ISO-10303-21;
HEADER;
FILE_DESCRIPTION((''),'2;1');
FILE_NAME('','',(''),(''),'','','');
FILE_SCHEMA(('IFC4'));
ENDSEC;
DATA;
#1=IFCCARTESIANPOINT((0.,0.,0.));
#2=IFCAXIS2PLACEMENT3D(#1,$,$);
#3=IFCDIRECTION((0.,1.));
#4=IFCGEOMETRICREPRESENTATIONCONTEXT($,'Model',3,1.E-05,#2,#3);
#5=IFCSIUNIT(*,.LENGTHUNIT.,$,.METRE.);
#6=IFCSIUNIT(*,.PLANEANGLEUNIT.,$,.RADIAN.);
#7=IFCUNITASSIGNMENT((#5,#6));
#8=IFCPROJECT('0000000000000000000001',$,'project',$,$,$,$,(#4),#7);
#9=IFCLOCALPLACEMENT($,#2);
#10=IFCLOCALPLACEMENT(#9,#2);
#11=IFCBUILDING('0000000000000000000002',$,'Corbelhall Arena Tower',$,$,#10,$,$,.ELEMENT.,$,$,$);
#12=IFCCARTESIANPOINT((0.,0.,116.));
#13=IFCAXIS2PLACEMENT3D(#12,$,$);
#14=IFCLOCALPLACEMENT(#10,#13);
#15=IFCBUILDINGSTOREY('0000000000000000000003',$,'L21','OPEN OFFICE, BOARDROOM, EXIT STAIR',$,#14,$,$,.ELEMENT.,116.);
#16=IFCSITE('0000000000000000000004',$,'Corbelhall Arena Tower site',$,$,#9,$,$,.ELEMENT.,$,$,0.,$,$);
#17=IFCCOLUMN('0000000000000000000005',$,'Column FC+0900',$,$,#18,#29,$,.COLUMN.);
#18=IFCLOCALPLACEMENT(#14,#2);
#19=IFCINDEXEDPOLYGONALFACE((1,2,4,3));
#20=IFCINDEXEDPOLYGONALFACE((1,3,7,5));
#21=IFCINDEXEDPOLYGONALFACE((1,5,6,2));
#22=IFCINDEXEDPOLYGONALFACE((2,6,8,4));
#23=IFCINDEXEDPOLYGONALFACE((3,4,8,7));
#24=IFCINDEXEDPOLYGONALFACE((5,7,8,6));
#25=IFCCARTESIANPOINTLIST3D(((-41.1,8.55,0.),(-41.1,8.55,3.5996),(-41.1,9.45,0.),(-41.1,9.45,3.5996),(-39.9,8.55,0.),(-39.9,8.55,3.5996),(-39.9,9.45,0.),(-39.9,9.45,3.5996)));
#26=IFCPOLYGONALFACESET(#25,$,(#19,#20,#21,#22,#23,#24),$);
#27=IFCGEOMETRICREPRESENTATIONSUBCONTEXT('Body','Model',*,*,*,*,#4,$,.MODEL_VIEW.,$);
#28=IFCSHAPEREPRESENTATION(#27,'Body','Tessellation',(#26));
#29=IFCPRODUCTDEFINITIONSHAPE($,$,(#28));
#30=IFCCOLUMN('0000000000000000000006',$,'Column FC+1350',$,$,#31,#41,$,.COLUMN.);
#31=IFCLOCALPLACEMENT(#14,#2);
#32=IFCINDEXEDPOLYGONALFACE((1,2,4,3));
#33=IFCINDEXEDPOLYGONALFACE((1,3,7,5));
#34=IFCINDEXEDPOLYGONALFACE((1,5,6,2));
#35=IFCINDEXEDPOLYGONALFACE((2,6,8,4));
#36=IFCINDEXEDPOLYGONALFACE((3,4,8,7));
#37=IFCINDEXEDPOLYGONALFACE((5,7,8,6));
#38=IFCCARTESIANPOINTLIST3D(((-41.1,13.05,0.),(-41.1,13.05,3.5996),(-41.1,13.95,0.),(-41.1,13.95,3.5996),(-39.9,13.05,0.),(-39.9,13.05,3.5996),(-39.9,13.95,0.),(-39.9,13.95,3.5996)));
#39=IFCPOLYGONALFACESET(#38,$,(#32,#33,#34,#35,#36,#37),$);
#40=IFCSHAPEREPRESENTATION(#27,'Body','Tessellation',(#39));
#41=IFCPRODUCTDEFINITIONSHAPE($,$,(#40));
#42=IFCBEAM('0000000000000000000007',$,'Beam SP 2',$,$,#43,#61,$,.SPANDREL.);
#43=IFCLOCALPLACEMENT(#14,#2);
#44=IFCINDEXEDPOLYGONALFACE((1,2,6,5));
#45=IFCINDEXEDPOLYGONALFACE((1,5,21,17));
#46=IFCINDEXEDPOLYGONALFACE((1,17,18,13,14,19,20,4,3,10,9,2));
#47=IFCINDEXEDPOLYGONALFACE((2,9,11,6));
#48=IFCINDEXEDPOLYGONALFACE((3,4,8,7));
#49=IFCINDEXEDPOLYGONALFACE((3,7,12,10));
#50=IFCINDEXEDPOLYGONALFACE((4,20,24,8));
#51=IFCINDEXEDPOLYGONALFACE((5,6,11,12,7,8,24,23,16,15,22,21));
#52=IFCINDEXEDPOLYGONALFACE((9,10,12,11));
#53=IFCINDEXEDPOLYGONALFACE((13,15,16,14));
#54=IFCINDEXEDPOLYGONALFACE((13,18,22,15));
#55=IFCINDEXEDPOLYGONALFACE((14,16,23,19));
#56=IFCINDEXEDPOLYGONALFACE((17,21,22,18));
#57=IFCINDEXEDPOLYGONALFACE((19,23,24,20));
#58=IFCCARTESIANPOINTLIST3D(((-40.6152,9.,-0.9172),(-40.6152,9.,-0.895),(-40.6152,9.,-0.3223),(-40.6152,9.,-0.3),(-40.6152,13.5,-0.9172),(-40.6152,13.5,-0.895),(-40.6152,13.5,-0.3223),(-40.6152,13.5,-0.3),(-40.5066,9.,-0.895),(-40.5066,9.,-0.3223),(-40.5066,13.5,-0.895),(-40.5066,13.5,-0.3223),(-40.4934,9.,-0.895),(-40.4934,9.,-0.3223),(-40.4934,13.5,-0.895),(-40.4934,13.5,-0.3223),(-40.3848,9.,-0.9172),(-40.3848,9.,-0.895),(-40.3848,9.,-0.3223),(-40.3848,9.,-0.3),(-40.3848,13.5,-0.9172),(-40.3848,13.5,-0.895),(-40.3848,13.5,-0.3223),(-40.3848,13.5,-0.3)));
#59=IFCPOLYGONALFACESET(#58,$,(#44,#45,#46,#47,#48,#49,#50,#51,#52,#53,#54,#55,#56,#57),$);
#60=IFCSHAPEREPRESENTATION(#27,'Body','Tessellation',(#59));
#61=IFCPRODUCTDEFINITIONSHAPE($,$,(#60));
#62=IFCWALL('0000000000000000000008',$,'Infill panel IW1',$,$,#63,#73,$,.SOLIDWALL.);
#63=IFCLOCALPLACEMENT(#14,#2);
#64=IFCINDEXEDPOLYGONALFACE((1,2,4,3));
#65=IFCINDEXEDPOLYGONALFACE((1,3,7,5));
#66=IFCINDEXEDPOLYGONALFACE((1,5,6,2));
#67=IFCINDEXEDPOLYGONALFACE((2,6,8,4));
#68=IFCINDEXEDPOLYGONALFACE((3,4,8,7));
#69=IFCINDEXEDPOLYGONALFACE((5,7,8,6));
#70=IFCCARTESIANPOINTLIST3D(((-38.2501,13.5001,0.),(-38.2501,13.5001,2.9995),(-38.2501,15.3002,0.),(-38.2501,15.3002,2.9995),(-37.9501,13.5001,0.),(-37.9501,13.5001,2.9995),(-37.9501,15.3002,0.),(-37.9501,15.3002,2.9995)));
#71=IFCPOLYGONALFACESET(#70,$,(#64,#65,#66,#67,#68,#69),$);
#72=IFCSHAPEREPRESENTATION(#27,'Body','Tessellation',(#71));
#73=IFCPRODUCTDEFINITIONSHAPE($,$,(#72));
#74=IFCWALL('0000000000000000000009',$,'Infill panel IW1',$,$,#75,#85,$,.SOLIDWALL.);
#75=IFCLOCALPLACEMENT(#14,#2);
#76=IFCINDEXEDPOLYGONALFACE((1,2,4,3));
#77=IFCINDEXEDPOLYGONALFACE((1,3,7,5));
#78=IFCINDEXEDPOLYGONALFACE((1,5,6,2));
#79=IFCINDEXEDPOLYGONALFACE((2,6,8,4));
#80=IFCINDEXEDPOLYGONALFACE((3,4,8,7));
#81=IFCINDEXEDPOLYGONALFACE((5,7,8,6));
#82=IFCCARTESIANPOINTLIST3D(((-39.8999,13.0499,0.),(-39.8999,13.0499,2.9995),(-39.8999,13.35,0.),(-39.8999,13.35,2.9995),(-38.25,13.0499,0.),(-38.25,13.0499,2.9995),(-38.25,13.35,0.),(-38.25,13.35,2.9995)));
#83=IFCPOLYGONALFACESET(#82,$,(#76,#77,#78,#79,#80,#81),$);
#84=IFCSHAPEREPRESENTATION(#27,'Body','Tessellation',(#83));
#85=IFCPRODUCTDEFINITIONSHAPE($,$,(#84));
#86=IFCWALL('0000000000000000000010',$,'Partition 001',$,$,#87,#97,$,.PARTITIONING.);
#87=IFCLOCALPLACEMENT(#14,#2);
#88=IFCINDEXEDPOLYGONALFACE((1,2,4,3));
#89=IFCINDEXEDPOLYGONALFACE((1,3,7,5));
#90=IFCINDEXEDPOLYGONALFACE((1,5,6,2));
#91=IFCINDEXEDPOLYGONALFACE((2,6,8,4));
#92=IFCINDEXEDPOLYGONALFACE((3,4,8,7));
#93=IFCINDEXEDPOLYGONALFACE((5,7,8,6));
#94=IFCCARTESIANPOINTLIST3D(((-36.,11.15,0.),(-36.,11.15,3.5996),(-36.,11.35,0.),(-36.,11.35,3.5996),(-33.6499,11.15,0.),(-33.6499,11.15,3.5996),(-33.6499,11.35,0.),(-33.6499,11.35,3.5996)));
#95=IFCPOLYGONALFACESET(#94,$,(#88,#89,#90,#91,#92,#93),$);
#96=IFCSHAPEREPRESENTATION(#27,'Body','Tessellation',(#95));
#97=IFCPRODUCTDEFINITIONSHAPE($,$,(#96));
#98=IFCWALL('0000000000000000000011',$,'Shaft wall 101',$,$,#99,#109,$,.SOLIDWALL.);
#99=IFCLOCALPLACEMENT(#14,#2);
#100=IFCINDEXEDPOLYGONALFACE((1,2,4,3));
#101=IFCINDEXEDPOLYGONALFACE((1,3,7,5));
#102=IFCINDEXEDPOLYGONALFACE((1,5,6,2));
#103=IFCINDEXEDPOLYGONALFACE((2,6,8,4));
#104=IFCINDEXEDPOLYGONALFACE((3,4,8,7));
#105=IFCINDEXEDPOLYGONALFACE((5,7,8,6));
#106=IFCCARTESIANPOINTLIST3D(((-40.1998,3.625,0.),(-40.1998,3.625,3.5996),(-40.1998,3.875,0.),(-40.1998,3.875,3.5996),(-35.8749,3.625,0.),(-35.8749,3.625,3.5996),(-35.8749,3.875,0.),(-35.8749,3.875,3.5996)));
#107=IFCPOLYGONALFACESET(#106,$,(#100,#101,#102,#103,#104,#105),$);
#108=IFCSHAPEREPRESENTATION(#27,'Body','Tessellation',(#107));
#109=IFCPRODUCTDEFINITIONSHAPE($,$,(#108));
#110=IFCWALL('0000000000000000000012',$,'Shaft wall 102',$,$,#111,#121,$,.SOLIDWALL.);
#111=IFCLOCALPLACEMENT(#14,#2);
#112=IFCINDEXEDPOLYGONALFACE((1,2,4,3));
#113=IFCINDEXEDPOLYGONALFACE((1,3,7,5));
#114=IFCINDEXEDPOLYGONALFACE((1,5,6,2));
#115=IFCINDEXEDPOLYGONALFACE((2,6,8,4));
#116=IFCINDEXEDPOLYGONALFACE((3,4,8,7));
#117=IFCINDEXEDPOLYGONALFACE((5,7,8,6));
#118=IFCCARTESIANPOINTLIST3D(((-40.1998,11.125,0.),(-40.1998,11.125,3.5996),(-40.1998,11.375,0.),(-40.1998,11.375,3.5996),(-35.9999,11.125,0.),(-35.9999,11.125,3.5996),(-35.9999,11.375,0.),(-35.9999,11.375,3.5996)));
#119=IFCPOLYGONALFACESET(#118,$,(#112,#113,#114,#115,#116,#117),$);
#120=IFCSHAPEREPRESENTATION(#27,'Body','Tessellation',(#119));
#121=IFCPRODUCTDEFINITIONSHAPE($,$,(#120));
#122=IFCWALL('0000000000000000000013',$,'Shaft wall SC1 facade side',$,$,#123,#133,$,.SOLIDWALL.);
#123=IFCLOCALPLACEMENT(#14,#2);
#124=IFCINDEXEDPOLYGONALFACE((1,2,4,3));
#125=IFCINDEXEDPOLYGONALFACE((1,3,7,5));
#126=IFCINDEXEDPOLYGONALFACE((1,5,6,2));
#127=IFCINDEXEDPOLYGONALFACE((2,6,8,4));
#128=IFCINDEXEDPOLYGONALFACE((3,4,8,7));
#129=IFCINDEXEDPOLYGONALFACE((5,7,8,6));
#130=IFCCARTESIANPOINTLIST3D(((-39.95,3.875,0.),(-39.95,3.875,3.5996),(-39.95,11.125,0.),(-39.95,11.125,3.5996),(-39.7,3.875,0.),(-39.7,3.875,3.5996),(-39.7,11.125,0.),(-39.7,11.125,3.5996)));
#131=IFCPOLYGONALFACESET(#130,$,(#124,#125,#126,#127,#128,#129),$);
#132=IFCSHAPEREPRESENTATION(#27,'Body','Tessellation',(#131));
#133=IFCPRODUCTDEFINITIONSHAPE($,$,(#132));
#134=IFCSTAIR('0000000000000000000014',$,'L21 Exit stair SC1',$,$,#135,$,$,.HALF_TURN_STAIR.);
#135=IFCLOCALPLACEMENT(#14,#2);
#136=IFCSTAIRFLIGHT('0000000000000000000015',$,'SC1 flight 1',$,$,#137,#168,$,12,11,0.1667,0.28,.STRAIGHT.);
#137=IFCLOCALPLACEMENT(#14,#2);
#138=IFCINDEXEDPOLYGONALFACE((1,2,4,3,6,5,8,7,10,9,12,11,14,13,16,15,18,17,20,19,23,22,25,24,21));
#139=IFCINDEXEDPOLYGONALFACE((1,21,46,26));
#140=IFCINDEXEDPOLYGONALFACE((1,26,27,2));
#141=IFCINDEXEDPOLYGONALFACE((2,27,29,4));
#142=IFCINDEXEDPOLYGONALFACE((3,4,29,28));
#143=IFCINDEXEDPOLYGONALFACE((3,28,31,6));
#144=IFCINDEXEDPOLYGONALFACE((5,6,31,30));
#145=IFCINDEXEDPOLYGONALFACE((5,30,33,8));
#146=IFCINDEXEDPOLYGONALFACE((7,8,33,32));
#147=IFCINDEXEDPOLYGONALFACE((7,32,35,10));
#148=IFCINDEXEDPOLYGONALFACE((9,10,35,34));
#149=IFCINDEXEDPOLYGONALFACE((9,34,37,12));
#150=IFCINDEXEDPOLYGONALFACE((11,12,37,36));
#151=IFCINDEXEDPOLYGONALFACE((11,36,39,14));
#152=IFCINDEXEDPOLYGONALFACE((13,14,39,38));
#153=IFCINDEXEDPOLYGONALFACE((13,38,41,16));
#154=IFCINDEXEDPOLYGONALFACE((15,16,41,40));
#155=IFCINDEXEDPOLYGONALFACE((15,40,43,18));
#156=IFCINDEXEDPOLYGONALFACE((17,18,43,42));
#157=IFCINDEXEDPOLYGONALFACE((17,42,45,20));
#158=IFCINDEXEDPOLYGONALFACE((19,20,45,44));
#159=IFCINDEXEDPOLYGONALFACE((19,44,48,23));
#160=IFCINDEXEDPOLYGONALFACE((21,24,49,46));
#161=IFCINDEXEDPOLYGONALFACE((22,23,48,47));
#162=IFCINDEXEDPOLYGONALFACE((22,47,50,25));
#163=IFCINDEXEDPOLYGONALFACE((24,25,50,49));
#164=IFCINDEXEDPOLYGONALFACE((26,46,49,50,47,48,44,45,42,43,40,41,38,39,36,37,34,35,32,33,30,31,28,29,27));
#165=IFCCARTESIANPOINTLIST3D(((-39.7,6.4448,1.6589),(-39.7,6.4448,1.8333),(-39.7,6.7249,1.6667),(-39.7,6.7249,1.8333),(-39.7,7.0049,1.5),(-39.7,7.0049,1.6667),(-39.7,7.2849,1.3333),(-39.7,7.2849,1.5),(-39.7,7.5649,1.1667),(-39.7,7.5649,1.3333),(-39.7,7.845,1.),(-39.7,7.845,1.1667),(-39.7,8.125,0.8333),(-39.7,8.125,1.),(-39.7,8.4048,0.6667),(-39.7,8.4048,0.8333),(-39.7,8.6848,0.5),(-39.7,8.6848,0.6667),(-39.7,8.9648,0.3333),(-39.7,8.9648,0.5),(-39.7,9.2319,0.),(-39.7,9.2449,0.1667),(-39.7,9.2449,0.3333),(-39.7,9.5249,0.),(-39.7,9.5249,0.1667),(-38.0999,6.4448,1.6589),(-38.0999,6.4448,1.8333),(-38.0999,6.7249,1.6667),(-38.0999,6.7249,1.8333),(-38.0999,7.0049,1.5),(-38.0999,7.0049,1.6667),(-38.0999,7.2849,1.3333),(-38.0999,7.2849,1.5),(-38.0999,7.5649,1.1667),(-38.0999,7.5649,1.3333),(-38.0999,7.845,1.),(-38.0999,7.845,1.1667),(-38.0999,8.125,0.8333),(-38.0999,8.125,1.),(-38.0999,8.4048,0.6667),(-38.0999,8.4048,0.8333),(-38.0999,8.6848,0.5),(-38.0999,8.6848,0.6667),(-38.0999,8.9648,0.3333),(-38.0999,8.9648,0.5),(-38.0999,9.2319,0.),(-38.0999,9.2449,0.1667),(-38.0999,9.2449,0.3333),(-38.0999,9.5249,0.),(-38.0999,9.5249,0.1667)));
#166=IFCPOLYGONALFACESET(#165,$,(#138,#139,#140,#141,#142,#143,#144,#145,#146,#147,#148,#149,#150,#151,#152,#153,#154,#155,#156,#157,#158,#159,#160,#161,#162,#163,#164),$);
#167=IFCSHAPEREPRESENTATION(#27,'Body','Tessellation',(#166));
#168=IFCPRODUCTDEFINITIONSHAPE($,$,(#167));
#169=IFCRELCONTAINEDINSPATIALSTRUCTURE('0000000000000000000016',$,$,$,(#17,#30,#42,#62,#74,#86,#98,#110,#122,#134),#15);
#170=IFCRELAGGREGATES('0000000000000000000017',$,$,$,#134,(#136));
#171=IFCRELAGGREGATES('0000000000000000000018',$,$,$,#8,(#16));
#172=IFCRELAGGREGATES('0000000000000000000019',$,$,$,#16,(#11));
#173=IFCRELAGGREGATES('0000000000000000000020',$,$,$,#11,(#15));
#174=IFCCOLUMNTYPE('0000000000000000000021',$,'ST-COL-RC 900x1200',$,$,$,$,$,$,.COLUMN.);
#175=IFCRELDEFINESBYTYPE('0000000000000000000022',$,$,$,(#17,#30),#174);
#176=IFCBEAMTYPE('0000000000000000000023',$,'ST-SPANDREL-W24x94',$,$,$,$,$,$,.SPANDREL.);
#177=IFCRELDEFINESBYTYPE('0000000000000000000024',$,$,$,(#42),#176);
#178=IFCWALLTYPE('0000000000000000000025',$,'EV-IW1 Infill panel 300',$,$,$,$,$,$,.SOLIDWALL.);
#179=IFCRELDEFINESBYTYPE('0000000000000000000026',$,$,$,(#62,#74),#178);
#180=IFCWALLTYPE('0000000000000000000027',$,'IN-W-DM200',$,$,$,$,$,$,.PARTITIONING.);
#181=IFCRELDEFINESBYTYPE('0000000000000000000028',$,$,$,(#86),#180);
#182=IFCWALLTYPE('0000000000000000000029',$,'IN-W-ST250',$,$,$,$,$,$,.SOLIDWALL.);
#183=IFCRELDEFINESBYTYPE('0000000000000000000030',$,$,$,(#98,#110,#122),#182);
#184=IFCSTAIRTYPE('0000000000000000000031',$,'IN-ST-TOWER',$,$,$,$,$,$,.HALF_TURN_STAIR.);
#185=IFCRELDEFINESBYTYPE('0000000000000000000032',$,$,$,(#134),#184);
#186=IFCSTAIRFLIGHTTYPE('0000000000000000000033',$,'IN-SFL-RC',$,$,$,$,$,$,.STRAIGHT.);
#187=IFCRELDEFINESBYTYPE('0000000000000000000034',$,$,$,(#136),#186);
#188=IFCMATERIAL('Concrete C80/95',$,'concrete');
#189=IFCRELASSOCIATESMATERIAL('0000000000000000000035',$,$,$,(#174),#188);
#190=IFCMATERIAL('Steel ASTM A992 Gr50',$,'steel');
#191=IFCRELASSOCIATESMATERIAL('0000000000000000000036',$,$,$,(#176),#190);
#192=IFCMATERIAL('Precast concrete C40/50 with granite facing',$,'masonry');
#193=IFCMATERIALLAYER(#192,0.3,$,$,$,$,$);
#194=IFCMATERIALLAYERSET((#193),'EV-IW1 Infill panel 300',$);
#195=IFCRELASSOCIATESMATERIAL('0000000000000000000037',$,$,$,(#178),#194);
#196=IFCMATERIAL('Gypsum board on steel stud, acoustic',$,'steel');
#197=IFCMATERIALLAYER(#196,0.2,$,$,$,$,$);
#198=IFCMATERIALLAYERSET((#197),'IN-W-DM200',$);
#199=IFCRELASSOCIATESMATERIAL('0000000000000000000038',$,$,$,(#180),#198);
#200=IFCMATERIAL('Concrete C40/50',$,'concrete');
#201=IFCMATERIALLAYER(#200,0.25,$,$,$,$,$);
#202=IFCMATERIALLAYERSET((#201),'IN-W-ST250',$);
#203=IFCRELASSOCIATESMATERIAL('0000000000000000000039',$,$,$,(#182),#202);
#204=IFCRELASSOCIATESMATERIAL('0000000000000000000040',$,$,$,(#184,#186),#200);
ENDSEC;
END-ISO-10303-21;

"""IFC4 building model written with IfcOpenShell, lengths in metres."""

from ifc_helpers import new_model, si_unit, direction, frame, frame_2d, origin, origin_2d, place, context, subcontext, project, spatial, polyline, rectangle, i_section, outline, extrude, material, layer, layer_set, material_profile, profile_set, type_object, element, aggregate, save


model = new_model("IFC4")

# Units and contexts
model_context = context("Model", 3, precision=1e-05, world=origin(), true_north=direction((0.0, 1.0)))
body_context = subcontext(model_context, "Body", "Model", "MODEL_VIEW")
ifc_project = project(units=[si_unit("LENGTHUNIT", "METRE"), si_unit("PLANEANGLEUNIT", "RADIAN")], contexts=[model_context])

# Site, building, storey
site_placement = place(None, origin())
site = spatial("IfcSite", under=ifc_project, at=site_placement, Name="Corbelhall Arena Tower site", CompositionType="ELEMENT", RefElevation=0.0)
building_placement = place(site_placement, origin())
building = spatial("IfcBuilding", under=site, at=building_placement, Name="Corbelhall Arena Tower", CompositionType="ELEMENT")
storey_placement = place(building_placement, frame((0.0, 0.0, 116.0)))
storey = spatial("IfcBuildingStorey", under=building, at=storey_placement, Name="L21", Description="OPEN OFFICE, BOARDROOM, EXIT STAIR", CompositionType="ELEMENT", Elevation=116.0)

# Columns
ifc_material_1 = material(Name="Concrete C80/95", Category="concrete")
ifc_material_profile_1 = material_profile(ifc_material_1, rectangle(XDim=0.8999, YDim=1.2, at=origin_2d()))
ifc_profile_set_1 = profile_set([ifc_material_profile_1], Name="Concrete C80/95")
column_type = type_object("IfcColumnType", Name="ST-COL-RC 900x1200", PredefinedType="COLUMN", material=ifc_profile_set_1)
for number, where, z_axis, x_axis, name in (
    (1, (-40.5, 9.0, 0.0), (0.0, 0.0, 1.0), (0.0, 1.0, 0.0), "Column FC+0900"),
    (2, (-40.5, 13.5, 0.0), (0.0, 0.0, 1.0), (0.0, 1.0, 0.0), "Column FC+1350"),
):
    element("IfcColumn", number, at=place(storey_placement, frame(where, z_axis=z_axis, x_axis=x_axis)), inside=storey, type_object=column_type, Name=name, PredefinedType="COLUMN", context=body_context, shape_type="SweptSolid", body=[
        extrude(rectangle(XDim=0.8999, YDim=1.2, at=origin_2d()), origin(), (0.0, 0.0, 1.0), 3.5996),
    ])

# Beam
ifc_material_2 = material(Name="Steel ASTM A992 Gr50", Category="steel")
ifc_material_profile_2 = material_profile(ifc_material_2, i_section(OverallWidth=0.2305, OverallDepth=0.6172, WebThickness=0.0132, FlangeThickness=0.0222, at=origin_2d()))
ifc_profile_set_2 = profile_set([ifc_material_profile_2], Name="Steel ASTM A992 Gr50")
beam_type = type_object("IfcBeamType", Name="ST-SPANDREL-W24x94", PredefinedType="SPANDREL", material=ifc_profile_set_2)
beam_placement = place(storey_placement, frame((-40.5, 9.0, -0.6086), z_axis=(0.0, 1.0, 0.0), x_axis=(-1.0, 0.0, 0.0)))
element("IfcBeam", 3, at=beam_placement, inside=storey, type_object=beam_type, Name="Beam SP 2", PredefinedType="SPANDREL", context=body_context, shape_type="SweptSolid", body=[
    extrude(i_section(OverallWidth=0.2305, OverallDepth=0.6172, WebThickness=0.0132, FlangeThickness=0.0222, at=origin_2d()), origin(), (0.0, 0.0, 1.0), 4.5),
])

# Walls
ifc_material_3 = material(Name="Precast concrete C40/50 with granite facing", Category="masonry")
ifc_layer_1 = layer(ifc_material_3, 0.3)
ifc_layer_set_1 = layer_set([ifc_layer_1], Name="EV-IW1 Infill panel 300")
wall_type_1 = type_object("IfcWallType", Name="EV-IW1 Infill panel 300", PredefinedType="SOLIDWALL", material=ifc_layer_set_1)
wall_1_placement = place(storey_placement, frame((-38.1001, 15.3, 0.0), z_axis=(0.0, 0.0, 1.0), x_axis=(0.0, -1.0, 0.0)))
element("IfcWall", 4, at=wall_1_placement, inside=storey, type_object=wall_type_1, Name="Infill panel IW1", PredefinedType="SOLIDWALL", context=body_context, shape_type="SweptSolid", body=[
    extrude(rectangle(XDim=1.8, YDim=0.3, at=frame_2d((0.8999, 0.0))), origin(), (0.0, 0.0, 1.0), 2.9995),
])
wall_2_placement = place(storey_placement, frame((-39.8999, 13.2, 0.0), z_axis=(0.0, 0.0, 1.0), x_axis=(1.0, 0.0, 0.0)))
element("IfcWall", 5, at=wall_2_placement, inside=storey, type_object=wall_type_1, Name="Infill panel IW1", PredefinedType="SOLIDWALL", context=body_context, shape_type="SweptSolid", body=[
    extrude(rectangle(XDim=1.6499, YDim=0.3, at=frame_2d((0.825, 0.0))), origin(), (0.0, 0.0, 1.0), 2.9995),
])

# Walls
ifc_material_4 = material(Name="Gypsum board on steel stud, acoustic", Category="steel")
ifc_layer_2 = layer(ifc_material_4, 0.2)
ifc_layer_set_2 = layer_set([ifc_layer_2], Name="IN-W-DM200")
wall_type_2 = type_object("IfcWallType", Name="IN-W-DM200", PredefinedType="PARTITIONING", material=ifc_layer_set_2)
wall_3_placement = place(storey_placement, frame((-36.0, 11.25, 0.0), z_axis=(0.0, 0.0, 1.0), x_axis=(1.0, 0.0, 0.0)))
element("IfcWall", 6, at=wall_3_placement, inside=storey, type_object=wall_type_2, Name="Partition 001", PredefinedType="PARTITIONING", context=body_context, shape_type="SweptSolid", body=[
    extrude(rectangle(XDim=2.3501, YDim=0.2, at=frame_2d((1.175, 0.0))), origin(), (0.0, 0.0, 1.0), 3.5996),
])
ifc_material_5 = material(Name="Concrete C40/50", Category="concrete")
ifc_layer_3 = layer(ifc_material_5, 0.25)
ifc_layer_set_3 = layer_set([ifc_layer_3], Name="IN-W-ST250")
wall_type_3 = type_object("IfcWallType", Name="IN-W-ST250", PredefinedType="SOLIDWALL", material=ifc_layer_set_3)
wall_4_placement = place(storey_placement, frame((-40.2, 3.75, 0.0), z_axis=(0.0, 0.0, 1.0), x_axis=(1.0, 0.0, 0.0)))
element("IfcWall", 7, at=wall_4_placement, inside=storey, type_object=wall_type_3, Name="Shaft wall 101", PredefinedType="SOLIDWALL", context=body_context, shape_type="SweptSolid", body=[
    extrude(rectangle(XDim=4.325, YDim=0.25, at=frame_2d((2.1626, 0.0))), origin(), (0.0, 0.0, 1.0), 3.5996),
])
wall_5_placement = place(storey_placement, frame((-40.2, 11.25, 0.0), z_axis=(0.0, 0.0, 1.0), x_axis=(1.0, 0.0, 0.0)))
element("IfcWall", 8, at=wall_5_placement, inside=storey, type_object=wall_type_3, Name="Shaft wall 102", PredefinedType="SOLIDWALL", context=body_context, shape_type="SweptSolid", body=[
    extrude(rectangle(XDim=4.2, YDim=0.25, at=frame_2d((2.1001, 0.0))), origin(), (0.0, 0.0, 1.0), 3.5996),
])
wall_6_placement = place(storey_placement, frame((-39.825, 3.875, 0.0), z_axis=(0.0, 0.0, 1.0), x_axis=(0.0, 1.0, 0.0)))
element("IfcWall", 9, at=wall_6_placement, inside=storey, type_object=wall_type_3, Name="Shaft wall SC1 facade side", PredefinedType="SOLIDWALL", context=body_context, shape_type="SweptSolid", body=[
    extrude(rectangle(XDim=7.25, YDim=0.25, at=frame_2d((3.625, 0.0))), origin(), (0.0, 0.0, 1.0), 3.5996),
])

# Stair, stair flight
stair_type = type_object("IfcStairType", Name="IN-ST-TOWER", PredefinedType="HALF_TURN_STAIR", material=ifc_material_5)
stair_placement = place(storey_placement, origin())
stair = element("IfcStair", 10, at=stair_placement, inside=storey, type_object=stair_type, Name="L21 Exit stair SC1", PredefinedType="HALF_TURN_STAIR")
stair_flight_type = type_object("IfcStairFlightType", Name="IN-SFL-RC", PredefinedType="STRAIGHT", material=ifc_material_5)
stair_flight_1_placement = place(storey_placement, frame((-38.8999, 9.5249, 0.0), z_axis=(0.0, 0.0, 1.0), x_axis=(0.0, -1.0, 0.0)))
stair_flight_1 = element("IfcStairFlight", 11, at=stair_flight_1_placement, type_object=stair_flight_type, Name="SC1 flight 1", NumberOfRisers=12, NumberOfTreads=11, PredefinedType="STRAIGHT", RiserHeight=0.1667, TreadLength=0.28, context=body_context, shape_type="SweptSolid", body=[
    extrude(outline(polyline([(0.0, 0.0), (0.0, 0.1667), (0.28, 0.1667), (0.28, 0.3333), (0.5601, 0.3333), (0.5601, 0.5), (0.8401, 0.5), (0.8401, 0.6667), (1.1201, 0.6667), (1.1201, 0.8333), (1.3999, 0.8333), (1.3999, 1.0), (1.6799, 1.0), (1.6799, 1.1667), (1.96, 1.1667), (1.96, 1.3333), (2.24, 1.3333), (2.24, 1.5), (2.52, 1.5), (2.52, 1.6667), (2.8, 1.6667), (2.8, 1.8333), (3.0801, 1.8333), (3.0801, 2.0), (3.0801, 1.6589), (0.293, 0.0), (0.0, 0.0)])), frame((0.0, 0.8, 0.0), z_axis=(0.0, -1.0, 0.0), x_axis=(1.0, 0.0, 0.0)), (0.0, 0.0, 1.0), 1.6001),
])
aggregate(stair, [stair_flight_1])

save(model, "model.ifc")
